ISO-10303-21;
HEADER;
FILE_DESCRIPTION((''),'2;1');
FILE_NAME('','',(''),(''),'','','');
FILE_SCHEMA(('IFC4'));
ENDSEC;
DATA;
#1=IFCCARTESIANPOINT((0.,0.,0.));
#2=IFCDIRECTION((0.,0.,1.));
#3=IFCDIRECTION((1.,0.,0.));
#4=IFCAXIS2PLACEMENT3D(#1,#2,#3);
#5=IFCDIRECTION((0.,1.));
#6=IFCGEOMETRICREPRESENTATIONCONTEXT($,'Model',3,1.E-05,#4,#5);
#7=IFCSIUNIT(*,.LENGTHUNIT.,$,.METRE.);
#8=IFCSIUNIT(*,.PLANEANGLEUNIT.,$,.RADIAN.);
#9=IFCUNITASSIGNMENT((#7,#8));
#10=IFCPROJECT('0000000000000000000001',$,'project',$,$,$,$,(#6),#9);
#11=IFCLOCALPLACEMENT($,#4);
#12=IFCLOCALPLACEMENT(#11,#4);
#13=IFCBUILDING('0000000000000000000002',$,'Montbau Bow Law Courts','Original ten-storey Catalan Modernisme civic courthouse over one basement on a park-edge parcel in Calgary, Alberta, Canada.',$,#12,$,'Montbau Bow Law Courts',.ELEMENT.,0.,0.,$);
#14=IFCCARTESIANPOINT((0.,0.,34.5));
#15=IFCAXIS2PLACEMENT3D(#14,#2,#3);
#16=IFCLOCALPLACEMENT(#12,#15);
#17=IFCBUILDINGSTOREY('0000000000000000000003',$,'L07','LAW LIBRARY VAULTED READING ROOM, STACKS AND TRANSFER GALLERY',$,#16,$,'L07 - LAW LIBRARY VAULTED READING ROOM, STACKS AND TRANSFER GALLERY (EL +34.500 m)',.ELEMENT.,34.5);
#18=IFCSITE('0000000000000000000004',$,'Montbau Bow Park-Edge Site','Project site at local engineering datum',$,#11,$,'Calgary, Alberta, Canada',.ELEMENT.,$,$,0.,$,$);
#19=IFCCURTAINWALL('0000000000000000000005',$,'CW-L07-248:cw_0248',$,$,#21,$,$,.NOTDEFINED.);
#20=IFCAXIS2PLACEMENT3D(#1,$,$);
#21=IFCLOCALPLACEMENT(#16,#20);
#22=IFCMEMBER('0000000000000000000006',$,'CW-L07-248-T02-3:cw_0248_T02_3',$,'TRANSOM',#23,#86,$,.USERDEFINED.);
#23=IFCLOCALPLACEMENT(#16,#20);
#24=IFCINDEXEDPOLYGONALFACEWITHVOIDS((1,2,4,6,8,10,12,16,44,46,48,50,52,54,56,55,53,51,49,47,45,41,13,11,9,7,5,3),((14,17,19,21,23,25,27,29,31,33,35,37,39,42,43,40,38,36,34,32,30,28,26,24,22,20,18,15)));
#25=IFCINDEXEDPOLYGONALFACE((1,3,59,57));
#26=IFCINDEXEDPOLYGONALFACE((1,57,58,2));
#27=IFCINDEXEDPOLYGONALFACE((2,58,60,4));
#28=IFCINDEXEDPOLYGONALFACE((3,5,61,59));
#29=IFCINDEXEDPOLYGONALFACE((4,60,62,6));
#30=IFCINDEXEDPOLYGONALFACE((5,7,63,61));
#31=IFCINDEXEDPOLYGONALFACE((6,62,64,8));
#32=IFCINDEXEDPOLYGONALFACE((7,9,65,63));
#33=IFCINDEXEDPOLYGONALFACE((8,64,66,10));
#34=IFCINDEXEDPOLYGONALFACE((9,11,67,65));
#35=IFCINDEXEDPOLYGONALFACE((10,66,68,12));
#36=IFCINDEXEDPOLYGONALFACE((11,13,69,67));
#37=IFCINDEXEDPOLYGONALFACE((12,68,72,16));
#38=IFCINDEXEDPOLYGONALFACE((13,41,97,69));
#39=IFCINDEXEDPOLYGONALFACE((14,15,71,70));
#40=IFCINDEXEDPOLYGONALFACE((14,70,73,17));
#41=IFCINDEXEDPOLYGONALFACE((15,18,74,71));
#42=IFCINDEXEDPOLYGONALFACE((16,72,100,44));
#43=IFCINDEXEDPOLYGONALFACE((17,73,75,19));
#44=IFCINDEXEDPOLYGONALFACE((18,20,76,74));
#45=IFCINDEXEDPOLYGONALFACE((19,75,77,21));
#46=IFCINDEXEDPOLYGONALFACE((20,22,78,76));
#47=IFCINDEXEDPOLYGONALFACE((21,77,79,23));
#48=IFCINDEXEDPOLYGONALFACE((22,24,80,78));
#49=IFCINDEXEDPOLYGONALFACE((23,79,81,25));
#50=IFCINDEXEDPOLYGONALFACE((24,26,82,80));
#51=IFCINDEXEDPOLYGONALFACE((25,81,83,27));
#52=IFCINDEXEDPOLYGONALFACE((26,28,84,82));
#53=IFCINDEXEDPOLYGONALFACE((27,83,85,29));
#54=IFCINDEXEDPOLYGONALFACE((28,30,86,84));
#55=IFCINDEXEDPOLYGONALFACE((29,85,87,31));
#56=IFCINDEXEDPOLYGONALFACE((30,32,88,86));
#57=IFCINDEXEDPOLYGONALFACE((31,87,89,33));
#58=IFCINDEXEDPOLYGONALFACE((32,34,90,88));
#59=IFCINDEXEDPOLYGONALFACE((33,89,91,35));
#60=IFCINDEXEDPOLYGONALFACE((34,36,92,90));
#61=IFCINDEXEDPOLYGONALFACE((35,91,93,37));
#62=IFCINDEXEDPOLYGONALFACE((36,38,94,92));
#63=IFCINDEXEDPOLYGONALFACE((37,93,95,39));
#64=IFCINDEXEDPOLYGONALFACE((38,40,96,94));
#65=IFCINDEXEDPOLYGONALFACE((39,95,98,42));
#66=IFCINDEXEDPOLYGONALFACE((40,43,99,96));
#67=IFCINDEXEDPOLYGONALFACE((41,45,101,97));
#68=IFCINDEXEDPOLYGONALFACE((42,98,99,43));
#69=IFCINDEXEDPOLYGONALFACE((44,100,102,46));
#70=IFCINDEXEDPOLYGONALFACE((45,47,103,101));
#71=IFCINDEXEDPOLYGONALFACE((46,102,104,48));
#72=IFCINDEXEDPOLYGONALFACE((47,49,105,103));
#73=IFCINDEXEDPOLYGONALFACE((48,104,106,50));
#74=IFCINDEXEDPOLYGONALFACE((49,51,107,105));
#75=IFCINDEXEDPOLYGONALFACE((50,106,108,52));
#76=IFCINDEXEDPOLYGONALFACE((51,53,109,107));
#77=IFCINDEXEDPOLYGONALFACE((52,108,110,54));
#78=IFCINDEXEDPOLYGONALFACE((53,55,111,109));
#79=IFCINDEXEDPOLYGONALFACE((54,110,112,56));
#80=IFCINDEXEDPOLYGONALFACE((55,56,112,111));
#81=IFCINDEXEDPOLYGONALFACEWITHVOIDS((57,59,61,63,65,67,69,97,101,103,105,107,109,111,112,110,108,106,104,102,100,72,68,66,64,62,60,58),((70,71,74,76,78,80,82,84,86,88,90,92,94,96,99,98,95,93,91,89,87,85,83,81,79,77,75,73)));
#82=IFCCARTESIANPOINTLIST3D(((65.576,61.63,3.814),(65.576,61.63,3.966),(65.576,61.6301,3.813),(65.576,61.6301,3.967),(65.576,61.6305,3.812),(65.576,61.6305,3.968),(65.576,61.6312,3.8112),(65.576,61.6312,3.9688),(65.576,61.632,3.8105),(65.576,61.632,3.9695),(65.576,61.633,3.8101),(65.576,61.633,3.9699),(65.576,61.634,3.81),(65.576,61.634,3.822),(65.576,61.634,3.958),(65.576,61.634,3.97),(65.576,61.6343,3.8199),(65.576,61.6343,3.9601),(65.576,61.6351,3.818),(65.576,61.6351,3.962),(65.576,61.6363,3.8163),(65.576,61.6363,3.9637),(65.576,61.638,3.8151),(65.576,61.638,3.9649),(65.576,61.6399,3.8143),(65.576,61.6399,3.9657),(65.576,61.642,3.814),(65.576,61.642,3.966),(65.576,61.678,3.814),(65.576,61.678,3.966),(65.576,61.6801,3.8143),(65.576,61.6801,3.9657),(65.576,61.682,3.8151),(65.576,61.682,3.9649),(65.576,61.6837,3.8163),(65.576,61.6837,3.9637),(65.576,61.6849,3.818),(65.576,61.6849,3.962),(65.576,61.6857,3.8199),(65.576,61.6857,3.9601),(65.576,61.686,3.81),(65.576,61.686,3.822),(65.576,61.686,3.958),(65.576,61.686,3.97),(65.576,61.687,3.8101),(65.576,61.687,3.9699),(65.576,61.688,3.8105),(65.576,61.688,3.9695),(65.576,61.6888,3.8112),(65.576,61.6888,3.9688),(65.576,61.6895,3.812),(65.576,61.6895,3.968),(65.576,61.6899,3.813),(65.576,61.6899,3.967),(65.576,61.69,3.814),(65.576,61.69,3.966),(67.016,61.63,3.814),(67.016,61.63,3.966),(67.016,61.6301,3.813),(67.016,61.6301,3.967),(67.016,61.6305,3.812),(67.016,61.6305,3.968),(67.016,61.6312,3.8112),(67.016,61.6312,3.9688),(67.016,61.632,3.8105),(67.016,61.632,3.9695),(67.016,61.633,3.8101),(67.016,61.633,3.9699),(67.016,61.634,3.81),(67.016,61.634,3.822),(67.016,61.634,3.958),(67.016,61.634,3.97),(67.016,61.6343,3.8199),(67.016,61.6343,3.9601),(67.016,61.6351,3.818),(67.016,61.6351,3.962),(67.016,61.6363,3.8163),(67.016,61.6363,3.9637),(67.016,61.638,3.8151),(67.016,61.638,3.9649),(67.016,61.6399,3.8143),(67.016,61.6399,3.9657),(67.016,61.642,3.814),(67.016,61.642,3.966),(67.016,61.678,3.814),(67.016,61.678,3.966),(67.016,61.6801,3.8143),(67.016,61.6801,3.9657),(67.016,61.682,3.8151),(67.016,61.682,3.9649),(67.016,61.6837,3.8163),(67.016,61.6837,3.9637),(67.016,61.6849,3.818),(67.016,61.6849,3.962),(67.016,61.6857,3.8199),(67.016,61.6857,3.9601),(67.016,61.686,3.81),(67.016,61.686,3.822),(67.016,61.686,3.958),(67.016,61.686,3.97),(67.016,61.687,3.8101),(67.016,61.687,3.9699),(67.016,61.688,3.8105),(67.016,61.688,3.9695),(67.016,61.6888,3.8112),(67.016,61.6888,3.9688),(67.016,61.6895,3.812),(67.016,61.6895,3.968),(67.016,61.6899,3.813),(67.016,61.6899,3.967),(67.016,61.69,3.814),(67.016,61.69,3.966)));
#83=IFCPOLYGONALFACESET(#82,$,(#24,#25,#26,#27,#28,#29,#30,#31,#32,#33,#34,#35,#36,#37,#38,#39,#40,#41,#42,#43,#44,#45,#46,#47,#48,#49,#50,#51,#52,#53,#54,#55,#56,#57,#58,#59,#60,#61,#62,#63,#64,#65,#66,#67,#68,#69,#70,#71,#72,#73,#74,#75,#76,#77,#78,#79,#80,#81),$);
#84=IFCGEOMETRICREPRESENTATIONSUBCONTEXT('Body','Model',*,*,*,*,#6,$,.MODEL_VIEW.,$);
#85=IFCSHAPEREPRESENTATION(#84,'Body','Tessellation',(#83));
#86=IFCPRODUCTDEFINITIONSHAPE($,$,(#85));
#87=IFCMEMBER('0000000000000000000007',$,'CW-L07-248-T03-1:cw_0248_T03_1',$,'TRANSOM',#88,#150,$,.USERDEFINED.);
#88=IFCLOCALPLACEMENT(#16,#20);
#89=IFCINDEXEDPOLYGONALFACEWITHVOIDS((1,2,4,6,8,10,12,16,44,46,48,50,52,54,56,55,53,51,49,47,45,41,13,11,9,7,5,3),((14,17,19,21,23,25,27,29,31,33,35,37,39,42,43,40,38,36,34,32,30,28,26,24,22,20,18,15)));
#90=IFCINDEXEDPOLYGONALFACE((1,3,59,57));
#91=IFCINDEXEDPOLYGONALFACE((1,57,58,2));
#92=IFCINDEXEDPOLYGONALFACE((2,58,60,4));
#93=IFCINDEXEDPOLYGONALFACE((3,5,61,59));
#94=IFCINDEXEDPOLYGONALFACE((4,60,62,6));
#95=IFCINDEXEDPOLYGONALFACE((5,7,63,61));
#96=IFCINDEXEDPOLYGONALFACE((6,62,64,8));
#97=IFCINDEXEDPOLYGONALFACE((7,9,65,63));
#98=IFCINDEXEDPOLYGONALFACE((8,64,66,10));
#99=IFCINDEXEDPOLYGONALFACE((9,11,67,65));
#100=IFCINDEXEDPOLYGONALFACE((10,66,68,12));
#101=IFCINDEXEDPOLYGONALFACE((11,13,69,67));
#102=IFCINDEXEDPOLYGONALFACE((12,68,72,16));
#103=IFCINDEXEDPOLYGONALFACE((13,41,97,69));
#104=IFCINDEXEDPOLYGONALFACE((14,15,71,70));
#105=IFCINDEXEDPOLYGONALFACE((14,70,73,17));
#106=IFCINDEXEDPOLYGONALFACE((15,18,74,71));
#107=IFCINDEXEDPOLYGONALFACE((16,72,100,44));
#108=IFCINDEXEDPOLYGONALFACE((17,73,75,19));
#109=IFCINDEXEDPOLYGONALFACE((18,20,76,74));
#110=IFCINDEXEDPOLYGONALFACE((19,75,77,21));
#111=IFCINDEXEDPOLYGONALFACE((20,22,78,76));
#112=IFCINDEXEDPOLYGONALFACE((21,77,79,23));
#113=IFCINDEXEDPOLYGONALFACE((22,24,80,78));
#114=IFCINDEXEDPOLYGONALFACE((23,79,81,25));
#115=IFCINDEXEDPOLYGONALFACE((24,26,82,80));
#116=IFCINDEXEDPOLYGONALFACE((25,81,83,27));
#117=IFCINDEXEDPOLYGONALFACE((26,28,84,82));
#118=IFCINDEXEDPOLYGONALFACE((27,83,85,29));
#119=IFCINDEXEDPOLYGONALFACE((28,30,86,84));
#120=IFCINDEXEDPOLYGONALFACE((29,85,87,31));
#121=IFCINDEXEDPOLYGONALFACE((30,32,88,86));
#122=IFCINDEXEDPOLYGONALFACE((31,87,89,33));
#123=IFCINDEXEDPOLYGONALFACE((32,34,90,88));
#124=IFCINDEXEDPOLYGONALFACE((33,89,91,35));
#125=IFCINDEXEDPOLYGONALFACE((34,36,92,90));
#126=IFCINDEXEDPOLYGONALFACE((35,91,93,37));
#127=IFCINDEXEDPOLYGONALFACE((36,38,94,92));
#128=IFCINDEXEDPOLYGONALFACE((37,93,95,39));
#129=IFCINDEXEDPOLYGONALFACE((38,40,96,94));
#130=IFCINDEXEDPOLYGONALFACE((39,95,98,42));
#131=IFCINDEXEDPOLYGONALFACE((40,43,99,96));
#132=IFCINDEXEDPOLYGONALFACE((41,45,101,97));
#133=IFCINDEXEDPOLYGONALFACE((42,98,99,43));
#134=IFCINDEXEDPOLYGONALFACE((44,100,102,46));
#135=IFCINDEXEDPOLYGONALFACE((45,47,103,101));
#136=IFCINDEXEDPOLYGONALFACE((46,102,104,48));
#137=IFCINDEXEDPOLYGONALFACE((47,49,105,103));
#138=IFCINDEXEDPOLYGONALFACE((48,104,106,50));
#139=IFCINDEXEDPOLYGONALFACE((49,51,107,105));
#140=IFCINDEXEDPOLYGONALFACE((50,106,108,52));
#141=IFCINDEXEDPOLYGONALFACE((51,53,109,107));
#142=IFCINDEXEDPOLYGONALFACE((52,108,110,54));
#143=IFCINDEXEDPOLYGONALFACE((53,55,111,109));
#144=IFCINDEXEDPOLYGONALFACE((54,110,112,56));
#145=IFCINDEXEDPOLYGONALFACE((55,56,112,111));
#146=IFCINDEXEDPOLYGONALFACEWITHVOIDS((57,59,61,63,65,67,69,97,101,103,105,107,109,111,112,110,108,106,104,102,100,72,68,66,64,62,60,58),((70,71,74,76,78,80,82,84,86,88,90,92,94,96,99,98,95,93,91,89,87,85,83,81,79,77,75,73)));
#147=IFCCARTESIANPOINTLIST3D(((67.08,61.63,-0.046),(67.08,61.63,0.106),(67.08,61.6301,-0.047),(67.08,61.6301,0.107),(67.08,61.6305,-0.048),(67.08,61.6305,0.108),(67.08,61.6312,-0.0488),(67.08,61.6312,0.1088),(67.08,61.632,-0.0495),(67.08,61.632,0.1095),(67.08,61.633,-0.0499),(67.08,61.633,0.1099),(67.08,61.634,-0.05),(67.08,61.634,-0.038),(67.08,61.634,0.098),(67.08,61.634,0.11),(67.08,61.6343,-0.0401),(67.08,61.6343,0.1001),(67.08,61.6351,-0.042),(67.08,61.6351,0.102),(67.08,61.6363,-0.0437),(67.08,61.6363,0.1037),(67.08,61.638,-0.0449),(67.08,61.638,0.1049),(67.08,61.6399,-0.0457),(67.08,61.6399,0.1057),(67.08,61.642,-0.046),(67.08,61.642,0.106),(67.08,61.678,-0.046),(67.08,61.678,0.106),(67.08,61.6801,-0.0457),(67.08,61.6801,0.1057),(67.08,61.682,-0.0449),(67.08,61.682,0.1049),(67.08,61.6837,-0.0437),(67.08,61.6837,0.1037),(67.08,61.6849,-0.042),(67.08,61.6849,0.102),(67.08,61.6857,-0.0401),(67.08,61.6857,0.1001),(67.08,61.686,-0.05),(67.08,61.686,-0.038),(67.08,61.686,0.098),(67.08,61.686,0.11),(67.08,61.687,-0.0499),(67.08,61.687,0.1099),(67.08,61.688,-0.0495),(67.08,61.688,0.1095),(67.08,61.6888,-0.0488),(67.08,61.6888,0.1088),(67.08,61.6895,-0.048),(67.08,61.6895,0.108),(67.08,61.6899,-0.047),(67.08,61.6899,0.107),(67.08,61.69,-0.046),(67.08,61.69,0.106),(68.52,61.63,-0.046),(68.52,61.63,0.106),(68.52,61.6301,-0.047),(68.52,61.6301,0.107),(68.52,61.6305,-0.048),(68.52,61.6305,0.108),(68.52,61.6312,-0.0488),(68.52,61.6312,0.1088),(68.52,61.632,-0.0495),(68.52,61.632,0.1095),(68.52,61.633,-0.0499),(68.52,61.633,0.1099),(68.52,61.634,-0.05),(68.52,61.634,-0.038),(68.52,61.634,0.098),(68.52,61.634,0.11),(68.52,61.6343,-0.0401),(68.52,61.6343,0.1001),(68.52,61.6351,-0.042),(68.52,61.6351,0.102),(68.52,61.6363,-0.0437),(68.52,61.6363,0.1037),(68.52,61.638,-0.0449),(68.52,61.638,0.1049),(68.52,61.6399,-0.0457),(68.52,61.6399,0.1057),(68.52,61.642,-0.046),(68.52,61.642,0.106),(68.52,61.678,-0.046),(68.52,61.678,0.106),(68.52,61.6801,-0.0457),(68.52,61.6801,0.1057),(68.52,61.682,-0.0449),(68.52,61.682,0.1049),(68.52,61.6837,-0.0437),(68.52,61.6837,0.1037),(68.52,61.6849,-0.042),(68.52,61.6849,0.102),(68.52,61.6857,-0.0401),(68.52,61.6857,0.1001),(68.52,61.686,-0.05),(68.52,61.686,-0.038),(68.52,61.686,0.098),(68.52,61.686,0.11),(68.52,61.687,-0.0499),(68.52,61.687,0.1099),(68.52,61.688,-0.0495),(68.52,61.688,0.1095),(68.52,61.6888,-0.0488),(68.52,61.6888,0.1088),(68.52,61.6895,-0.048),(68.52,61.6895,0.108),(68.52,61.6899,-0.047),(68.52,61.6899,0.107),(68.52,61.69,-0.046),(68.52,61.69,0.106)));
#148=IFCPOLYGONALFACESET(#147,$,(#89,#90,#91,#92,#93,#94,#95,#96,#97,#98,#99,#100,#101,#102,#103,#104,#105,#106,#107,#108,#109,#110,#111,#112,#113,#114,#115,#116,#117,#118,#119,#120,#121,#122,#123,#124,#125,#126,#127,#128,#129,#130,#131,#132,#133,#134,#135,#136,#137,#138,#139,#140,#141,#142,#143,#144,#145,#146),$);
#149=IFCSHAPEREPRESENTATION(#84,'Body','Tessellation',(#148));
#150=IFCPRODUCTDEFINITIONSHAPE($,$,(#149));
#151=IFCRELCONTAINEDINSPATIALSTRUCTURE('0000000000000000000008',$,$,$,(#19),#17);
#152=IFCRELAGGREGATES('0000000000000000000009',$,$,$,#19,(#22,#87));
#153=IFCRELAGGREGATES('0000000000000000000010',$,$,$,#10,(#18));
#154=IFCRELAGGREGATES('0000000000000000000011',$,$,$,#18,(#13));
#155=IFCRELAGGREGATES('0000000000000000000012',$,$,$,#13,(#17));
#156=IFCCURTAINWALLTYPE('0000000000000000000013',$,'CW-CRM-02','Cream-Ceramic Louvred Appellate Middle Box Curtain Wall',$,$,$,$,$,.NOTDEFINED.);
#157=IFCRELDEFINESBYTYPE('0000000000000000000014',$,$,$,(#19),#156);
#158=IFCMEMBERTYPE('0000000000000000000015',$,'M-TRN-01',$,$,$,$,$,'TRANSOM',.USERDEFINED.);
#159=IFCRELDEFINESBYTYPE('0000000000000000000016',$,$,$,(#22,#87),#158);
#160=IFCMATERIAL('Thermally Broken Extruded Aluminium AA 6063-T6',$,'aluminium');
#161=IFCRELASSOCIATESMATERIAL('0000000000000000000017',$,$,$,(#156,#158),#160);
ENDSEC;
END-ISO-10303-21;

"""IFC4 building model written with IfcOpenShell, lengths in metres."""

from ifc_helpers import new_model, si_unit, direction, frame, origin_with_axes, origin_2d_with_axis, place, context, subcontext, project, spatial, hollow_rectangle, extrude, material, material_profile, profile_set, type_object, element, aggregate, save


model = new_model("IFC4")

# Units and contexts
model_context = context("Model", 3, precision=1e-05, world=origin_with_axes(), true_north=direction((0.0, 1.0)))
body_context = subcontext(model_context, "Body", "Model", "MODEL_VIEW")
ifc_project = project(units=[si_unit("LENGTHUNIT", "METRE"), si_unit("PLANEANGLEUNIT", "RADIAN")], contexts=[model_context])

# Site, building, storey
site_placement = place(None, origin_with_axes())
site = spatial("IfcSite", under=ifc_project, at=site_placement, Name="Montbau Bow Park-Edge Site", Description="Project site at local engineering datum", LongName="Calgary, Alberta, Canada", CompositionType="ELEMENT", RefElevation=0.0)
building_placement = place(site_placement, origin_with_axes())
building = spatial("IfcBuilding", under=site, at=building_placement, Name="Montbau Bow Law Courts", Description="Original ten-storey Catalan Modernisme civic courthouse over one basement on a park-edge parcel in Calgary, Alberta, Canada.", LongName="Montbau Bow Law Courts", CompositionType="ELEMENT", ElevationOfRefHeight=0.0, ElevationOfTerrain=0.0)
storey_placement = place(building_placement, frame((0.0, 0.0, 34.5), z_axis=(0.0, 0.0, 1.0), x_axis=(1.0, 0.0, 0.0)))
storey = spatial("IfcBuildingStorey", under=building, at=storey_placement, Name="L07", Description="LAW LIBRARY VAULTED READING ROOM, STACKS AND TRANSFER GALLERY", LongName="L07 - LAW LIBRARY VAULTED READING ROOM, STACKS AND TRANSFER GALLERY (EL +34.500 m)", CompositionType="ELEMENT", Elevation=34.5)

# Curtain wall, members
ifc_material_1 = material(Name="Thermally Broken Extruded Aluminium AA 6063-T6", Category="aluminium")
curtain_wall_type = type_object("IfcCurtainWallType", Name="CW-CRM-02", Description="Cream-Ceramic Louvred Appellate Middle Box Curtain Wall", PredefinedType="NOTDEFINED", material=ifc_material_1)
curtain_wall_placement = place(None, frame((64.04, 61.66, 34.5), z_axis=(0.0, 0.0, 1.0), x_axis=(1.0, 0.0, 0.0)))
curtain_wall = element("IfcCurtainWall", 1, at=curtain_wall_placement, inside=storey, type_object=curtain_wall_type, Name="CW-L07-248:cw_0248", PredefinedType="NOTDEFINED")
ifc_material_profile_1 = material_profile(ifc_material_1, hollow_rectangle(XDim=0.06, YDim=0.16, WallThickness=0.004, InnerFilletRadius=0.008, OuterFilletRadius=0.004, at=origin_2d_with_axis()), Name="CWT-160X60", Category="Main", Priority=0)
ifc_profile_set_1 = profile_set([ifc_material_profile_1], Name="Thermally Broken Extruded Aluminium AA 6063-T6")
member_type_1 = type_object("IfcMemberType", Name="M-TRN-01", ElementType="TRANSOM", PredefinedType="USERDEFINED", material=ifc_profile_set_1)
member_1_placement = place(None, frame((65.576, 61.66, 38.39), z_axis=(1.0, 0.0, 0.0), x_axis=(0.0, 1.0, 0.0)))
member_1 = element("IfcMember", 2, at=member_1_placement, type_object=member_type_1, Name="CW-L07-248-T02-3:cw_0248_T02_3", ObjectType="TRANSOM", PredefinedType="USERDEFINED", context=body_context, shape_type="SweptSolid", body=[
    extrude(hollow_rectangle(XDim=0.06, YDim=0.16, WallThickness=0.004, InnerFilletRadius=0.008, OuterFilletRadius=0.004, at=origin_2d_with_axis()), origin_with_axes(), (0.0, 0.0, 1.0), 1.44),
])
member_2_placement = place(None, frame((67.08, 61.66, 34.53), z_axis=(1.0, 0.0, 0.0), x_axis=(0.0, 1.0, 0.0)))
member_2 = element("IfcMember", 3, at=member_2_placement, type_object=member_type_1, Name="CW-L07-248-T03-1:cw_0248_T03_1", ObjectType="TRANSOM", PredefinedType="USERDEFINED", context=body_context, shape_type="SweptSolid", body=[
    extrude(hollow_rectangle(XDim=0.06, YDim=0.16, WallThickness=0.004, InnerFilletRadius=0.008, OuterFilletRadius=0.004, at=origin_2d_with_axis()), origin_with_axes(), (0.0, 0.0, 1.0), 1.44),
])
aggregate(curtain_wall, [member_1, member_2])

save(model, "model.ifc")
